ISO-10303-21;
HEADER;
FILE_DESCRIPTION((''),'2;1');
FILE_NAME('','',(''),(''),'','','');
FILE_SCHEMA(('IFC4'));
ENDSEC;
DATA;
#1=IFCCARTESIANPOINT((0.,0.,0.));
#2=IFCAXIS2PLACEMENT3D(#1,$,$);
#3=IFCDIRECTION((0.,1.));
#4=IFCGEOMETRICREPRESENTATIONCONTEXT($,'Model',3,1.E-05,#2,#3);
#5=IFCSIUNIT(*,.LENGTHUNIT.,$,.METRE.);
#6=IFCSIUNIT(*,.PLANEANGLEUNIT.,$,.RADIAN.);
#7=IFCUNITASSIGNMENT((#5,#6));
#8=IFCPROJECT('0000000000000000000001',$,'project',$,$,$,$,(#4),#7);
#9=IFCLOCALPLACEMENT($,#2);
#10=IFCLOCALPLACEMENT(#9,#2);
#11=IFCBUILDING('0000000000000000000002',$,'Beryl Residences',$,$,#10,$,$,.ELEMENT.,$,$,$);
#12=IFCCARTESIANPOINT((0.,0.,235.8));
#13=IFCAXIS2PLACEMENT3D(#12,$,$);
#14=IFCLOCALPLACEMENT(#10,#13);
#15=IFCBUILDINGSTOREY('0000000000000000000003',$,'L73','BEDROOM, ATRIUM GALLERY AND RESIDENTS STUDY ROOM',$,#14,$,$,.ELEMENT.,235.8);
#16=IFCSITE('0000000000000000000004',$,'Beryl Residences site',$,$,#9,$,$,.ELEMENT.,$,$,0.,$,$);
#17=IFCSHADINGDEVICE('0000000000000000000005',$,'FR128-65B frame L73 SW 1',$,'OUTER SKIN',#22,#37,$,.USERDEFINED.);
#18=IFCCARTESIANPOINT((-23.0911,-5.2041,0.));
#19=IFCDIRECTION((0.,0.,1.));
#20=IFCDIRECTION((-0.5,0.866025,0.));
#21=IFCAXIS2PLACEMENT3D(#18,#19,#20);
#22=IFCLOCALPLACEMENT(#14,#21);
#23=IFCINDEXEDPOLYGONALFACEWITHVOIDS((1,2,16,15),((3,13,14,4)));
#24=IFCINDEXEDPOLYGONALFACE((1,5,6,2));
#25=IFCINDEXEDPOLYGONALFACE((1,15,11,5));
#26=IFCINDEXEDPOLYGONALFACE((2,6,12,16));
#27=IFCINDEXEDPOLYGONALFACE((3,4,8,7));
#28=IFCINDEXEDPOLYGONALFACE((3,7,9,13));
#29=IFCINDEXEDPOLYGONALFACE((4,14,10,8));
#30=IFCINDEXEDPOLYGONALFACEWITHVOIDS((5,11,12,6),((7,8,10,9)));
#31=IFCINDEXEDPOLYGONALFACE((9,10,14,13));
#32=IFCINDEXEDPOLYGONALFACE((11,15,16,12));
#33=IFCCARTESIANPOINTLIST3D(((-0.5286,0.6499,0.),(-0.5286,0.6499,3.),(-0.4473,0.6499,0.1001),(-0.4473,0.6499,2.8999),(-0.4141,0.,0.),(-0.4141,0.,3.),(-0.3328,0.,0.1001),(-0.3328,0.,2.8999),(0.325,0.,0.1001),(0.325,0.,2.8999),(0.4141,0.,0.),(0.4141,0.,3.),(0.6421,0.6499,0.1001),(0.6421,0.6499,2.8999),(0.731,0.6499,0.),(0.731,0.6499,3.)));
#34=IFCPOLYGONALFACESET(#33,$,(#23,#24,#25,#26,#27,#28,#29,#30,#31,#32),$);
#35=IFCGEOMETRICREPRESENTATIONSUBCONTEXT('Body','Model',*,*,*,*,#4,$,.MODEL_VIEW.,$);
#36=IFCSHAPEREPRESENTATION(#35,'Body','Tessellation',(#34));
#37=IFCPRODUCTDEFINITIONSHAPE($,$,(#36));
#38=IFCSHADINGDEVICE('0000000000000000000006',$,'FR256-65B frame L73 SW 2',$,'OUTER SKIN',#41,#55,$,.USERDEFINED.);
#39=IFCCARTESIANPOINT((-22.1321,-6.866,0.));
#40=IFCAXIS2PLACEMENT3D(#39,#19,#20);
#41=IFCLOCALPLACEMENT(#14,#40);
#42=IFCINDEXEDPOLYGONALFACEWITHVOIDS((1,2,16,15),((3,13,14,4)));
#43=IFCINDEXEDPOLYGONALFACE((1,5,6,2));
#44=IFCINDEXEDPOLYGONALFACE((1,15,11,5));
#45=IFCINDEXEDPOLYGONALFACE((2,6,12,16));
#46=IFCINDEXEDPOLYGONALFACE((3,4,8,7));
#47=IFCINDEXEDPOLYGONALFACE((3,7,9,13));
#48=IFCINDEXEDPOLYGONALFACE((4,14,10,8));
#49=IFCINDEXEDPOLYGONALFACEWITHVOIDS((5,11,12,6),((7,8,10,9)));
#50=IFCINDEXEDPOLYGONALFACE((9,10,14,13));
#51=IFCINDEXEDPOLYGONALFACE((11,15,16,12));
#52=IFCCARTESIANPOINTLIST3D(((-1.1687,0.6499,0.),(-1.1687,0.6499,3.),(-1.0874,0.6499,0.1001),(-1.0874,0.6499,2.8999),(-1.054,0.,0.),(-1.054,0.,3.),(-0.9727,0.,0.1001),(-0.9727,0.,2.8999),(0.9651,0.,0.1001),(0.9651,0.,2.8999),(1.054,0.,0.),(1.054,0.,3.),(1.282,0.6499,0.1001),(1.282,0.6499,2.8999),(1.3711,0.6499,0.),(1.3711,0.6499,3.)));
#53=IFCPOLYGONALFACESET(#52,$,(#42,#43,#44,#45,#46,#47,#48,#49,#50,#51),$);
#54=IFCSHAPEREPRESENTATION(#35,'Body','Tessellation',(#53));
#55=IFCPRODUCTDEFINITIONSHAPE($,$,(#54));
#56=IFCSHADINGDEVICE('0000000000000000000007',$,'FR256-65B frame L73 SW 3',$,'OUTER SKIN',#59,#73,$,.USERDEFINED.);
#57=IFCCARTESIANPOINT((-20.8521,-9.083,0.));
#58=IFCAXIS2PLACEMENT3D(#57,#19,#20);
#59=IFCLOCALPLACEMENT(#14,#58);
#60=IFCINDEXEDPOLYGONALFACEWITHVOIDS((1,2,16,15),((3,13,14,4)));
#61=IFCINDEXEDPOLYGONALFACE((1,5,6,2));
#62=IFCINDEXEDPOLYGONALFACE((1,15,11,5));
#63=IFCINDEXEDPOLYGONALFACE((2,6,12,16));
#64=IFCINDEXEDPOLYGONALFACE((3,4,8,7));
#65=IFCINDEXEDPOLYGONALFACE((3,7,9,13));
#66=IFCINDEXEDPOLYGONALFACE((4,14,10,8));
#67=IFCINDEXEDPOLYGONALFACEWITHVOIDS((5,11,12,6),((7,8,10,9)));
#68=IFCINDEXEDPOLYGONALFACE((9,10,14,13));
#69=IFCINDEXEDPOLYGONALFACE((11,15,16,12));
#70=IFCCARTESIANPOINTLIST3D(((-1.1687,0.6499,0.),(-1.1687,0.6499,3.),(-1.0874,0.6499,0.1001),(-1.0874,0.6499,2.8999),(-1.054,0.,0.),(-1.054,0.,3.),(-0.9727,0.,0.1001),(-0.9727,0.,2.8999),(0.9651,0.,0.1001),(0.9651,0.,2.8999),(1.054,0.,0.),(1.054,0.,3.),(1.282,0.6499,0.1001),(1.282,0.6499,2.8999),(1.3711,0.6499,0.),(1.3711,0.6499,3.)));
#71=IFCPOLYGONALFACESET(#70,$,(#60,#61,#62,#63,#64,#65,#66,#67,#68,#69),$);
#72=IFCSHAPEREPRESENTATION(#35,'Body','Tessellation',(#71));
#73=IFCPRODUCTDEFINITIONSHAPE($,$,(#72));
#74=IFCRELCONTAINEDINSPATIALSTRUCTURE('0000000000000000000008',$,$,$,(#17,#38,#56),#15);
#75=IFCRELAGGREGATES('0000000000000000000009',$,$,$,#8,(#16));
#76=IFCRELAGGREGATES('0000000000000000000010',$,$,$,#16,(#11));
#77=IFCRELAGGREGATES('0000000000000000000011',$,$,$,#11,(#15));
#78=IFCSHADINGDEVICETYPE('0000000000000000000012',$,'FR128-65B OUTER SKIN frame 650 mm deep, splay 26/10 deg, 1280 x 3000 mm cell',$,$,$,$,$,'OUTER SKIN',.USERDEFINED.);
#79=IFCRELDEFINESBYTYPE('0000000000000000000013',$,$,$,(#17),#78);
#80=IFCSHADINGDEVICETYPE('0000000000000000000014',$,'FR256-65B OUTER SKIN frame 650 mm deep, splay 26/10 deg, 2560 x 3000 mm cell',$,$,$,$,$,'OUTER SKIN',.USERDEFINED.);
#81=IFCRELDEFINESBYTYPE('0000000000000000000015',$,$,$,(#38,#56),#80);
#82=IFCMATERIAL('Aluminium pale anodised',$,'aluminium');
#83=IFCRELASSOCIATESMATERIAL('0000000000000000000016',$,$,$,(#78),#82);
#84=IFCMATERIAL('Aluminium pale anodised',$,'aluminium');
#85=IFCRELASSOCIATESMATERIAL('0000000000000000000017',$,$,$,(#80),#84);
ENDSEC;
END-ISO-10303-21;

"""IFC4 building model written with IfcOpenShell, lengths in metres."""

from ifc_helpers import new_model, entity, si_unit, direction, frame, origin, place, context, subcontext, project, spatial, source, transform, mapped, material, type_object, type_shapes, element, save


model = new_model("IFC4")

# Units and contexts
model_context = context("Model", 3, precision=1e-05, world=origin(), true_north=direction((0.0, 1.0)))
body_context = subcontext(model_context, "Body", "Model", "MODEL_VIEW")
ifc_project = project(units=[si_unit("LENGTHUNIT", "METRE"), si_unit("PLANEANGLEUNIT", "RADIAN")], contexts=[model_context])

# Site, building, storey
site_placement = place(None, origin())
site = spatial("IfcSite", under=ifc_project, at=site_placement, Name="Beryl Residences site", CompositionType="ELEMENT", RefElevation=0.0)
building_placement = place(site_placement, origin())
building = spatial("IfcBuilding", under=site, at=building_placement, Name="Beryl Residences", CompositionType="ELEMENT")
storey_placement = place(building_placement, frame((0.0, 0.0, 235.8)))
storey = spatial("IfcBuildingStorey", under=building, at=storey_placement, Name="L73", Description="BEDROOM, ATRIUM GALLERY AND RESIDENTS STUDY ROOM", CompositionType="ELEMENT", Elevation=235.8)

# Shading devices
ifc_material_1 = material(Name="Aluminium pale anodised", Category="aluminium")
shading_device_type_1 = type_object("IfcShadingDeviceType", Name="FR128-65B OUTER SKIN frame 650 mm deep, splay 26/10 deg, 1280 x 3000 mm cell", ElementType="OUTER SKIN", PredefinedType="USERDEFINED", material=ifc_material_1)
cartesian_point_1 = entity("IfcCartesianPoint", [-0.4141, 0.0])
cartesian_point_2 = entity("IfcCartesianPoint", [-0.325, 0.1001])
cartesian_point_3 = entity("IfcCartesianPoint", [-0.731, 0.0])
cartesian_point_4 = entity("IfcCartesianPoint", [-0.6421, 0.1001])
shared_shape_1 = source(origin(), body_context, "Body", "SweptSolid", [
    entity("IfcExtrudedAreaSolidTapered", entity("IfcArbitraryProfileDefWithVoids", "AREA", None, entity("IfcPolyline", [cartesian_point_1, entity("IfcCartesianPoint", [0.4141, 0.0]), entity("IfcCartesianPoint", [0.4141, 3.0]), entity("IfcCartesianPoint", [-0.4141, 3.0]), cartesian_point_1]), [entity("IfcPolyline", [cartesian_point_2, entity("IfcCartesianPoint", [0.3328, 0.1001]), entity("IfcCartesianPoint", [0.3328, 2.8999]), entity("IfcCartesianPoint", [-0.325, 2.8999]), cartesian_point_2])]), entity("IfcAxis2Placement3D", entity("IfcCartesianPoint", [0.0, 0.0, 0.0]), entity("IfcDirection", [0.0, 1.0, 0.0]), entity("IfcDirection", [-1.0, 0.0, 0.0])), entity("IfcDirection", [0.0, 0.0, 1.0]), 0.6499, entity("IfcArbitraryProfileDefWithVoids", "AREA", None, entity("IfcPolyline", [cartesian_point_3, entity("IfcCartesianPoint", [0.5286, 0.0]), entity("IfcCartesianPoint", [0.5286, 3.0]), entity("IfcCartesianPoint", [-0.731, 3.0]), cartesian_point_3]), [entity("IfcPolyline", [cartesian_point_4, entity("IfcCartesianPoint", [0.4473, 0.1001]), entity("IfcCartesianPoint", [0.4473, 2.8999]), entity("IfcCartesianPoint", [-0.6421, 2.8999]), cartesian_point_4])])),
])
type_shapes(shading_device_type_1, [shared_shape_1])
shading_device_placement = place(storey_placement, frame((-23.0911, -5.2041, 0.0), z_axis=(0.0, 0.0, 1.0), x_axis=(-0.5, 0.866025, 0.0)))
element("IfcShadingDevice", 1, at=shading_device_placement, inside=storey, type_object=shading_device_type_1, Name="FR128-65B frame L73 SW 1", ObjectType="OUTER SKIN", PredefinedType="USERDEFINED", context=body_context, shape_type="MappedRepresentation", body=[
    mapped(shared_shape_1, transform((0.0, 0.0, 0.0))),
])
ifc_material_2 = material(Name="Aluminium pale anodised", Category="aluminium")
shading_device_type_2 = type_object("IfcShadingDeviceType", Name="FR256-65B OUTER SKIN frame 650 mm deep, splay 26/10 deg, 2560 x 3000 mm cell", ElementType="OUTER SKIN", PredefinedType="USERDEFINED", material=ifc_material_2)
cartesian_point_5 = entity("IfcCartesianPoint", [-1.054, 0.0])
cartesian_point_6 = entity("IfcCartesianPoint", [-0.9651, 0.1001])
cartesian_point_7 = entity("IfcCartesianPoint", [-1.3711, 0.0])
cartesian_point_8 = entity("IfcCartesianPoint", [-1.282, 0.1001])
shared_shape_2 = source(origin(), body_context, "Body", "SweptSolid", [
    entity("IfcExtrudedAreaSolidTapered", entity("IfcArbitraryProfileDefWithVoids", "AREA", None, entity("IfcPolyline", [cartesian_point_5, entity("IfcCartesianPoint", [1.054, 0.0]), entity("IfcCartesianPoint", [1.054, 3.0]), entity("IfcCartesianPoint", [-1.054, 3.0]), cartesian_point_5]), [entity("IfcPolyline", [cartesian_point_6, entity("IfcCartesianPoint", [0.9727, 0.1001]), entity("IfcCartesianPoint", [0.9727, 2.8999]), entity("IfcCartesianPoint", [-0.9651, 2.8999]), cartesian_point_6])]), entity("IfcAxis2Placement3D", entity("IfcCartesianPoint", [0.0, 0.0, 0.0]), entity("IfcDirection", [0.0, 1.0, 0.0]), entity("IfcDirection", [-1.0, 0.0, 0.0])), entity("IfcDirection", [0.0, 0.0, 1.0]), 0.6499, entity("IfcArbitraryProfileDefWithVoids", "AREA", None, entity("IfcPolyline", [cartesian_point_7, entity("IfcCartesianPoint", [1.1687, 0.0]), entity("IfcCartesianPoint", [1.1687, 3.0]), entity("IfcCartesianPoint", [-1.3711, 3.0]), cartesian_point_7]), [entity("IfcPolyline", [cartesian_point_8, entity("IfcCartesianPoint", [1.0874, 0.1001]), entity("IfcCartesianPoint", [1.0874, 2.8999]), entity("IfcCartesianPoint", [-1.282, 2.8999]), cartesian_point_8])])),
])
type_shapes(shading_device_type_2, [shared_shape_2])
for number, where, z_axis, x_axis, name in (
    (2, (-22.1321, -6.866, 0.0), (0.0, 0.0, 1.0), (-0.5, 0.866025, 0.0), "FR256-65B frame L73 SW 2"),
    (3, (-20.8521, -9.083, 0.0), (0.0, 0.0, 1.0), (-0.5, 0.866025, 0.0), "FR256-65B frame L73 SW 3"),
):
    element("IfcShadingDevice", number, at=place(storey_placement, frame(where, z_axis=z_axis, x_axis=x_axis)), inside=storey, type_object=shading_device_type_2, Name=name, ObjectType="OUTER SKIN", PredefinedType="USERDEFINED", context=body_context, shape_type="MappedRepresentation", body=[
        mapped(shared_shape_2, transform((0.0, 0.0, 0.0))),
    ])

save(model, "model.ifc")
